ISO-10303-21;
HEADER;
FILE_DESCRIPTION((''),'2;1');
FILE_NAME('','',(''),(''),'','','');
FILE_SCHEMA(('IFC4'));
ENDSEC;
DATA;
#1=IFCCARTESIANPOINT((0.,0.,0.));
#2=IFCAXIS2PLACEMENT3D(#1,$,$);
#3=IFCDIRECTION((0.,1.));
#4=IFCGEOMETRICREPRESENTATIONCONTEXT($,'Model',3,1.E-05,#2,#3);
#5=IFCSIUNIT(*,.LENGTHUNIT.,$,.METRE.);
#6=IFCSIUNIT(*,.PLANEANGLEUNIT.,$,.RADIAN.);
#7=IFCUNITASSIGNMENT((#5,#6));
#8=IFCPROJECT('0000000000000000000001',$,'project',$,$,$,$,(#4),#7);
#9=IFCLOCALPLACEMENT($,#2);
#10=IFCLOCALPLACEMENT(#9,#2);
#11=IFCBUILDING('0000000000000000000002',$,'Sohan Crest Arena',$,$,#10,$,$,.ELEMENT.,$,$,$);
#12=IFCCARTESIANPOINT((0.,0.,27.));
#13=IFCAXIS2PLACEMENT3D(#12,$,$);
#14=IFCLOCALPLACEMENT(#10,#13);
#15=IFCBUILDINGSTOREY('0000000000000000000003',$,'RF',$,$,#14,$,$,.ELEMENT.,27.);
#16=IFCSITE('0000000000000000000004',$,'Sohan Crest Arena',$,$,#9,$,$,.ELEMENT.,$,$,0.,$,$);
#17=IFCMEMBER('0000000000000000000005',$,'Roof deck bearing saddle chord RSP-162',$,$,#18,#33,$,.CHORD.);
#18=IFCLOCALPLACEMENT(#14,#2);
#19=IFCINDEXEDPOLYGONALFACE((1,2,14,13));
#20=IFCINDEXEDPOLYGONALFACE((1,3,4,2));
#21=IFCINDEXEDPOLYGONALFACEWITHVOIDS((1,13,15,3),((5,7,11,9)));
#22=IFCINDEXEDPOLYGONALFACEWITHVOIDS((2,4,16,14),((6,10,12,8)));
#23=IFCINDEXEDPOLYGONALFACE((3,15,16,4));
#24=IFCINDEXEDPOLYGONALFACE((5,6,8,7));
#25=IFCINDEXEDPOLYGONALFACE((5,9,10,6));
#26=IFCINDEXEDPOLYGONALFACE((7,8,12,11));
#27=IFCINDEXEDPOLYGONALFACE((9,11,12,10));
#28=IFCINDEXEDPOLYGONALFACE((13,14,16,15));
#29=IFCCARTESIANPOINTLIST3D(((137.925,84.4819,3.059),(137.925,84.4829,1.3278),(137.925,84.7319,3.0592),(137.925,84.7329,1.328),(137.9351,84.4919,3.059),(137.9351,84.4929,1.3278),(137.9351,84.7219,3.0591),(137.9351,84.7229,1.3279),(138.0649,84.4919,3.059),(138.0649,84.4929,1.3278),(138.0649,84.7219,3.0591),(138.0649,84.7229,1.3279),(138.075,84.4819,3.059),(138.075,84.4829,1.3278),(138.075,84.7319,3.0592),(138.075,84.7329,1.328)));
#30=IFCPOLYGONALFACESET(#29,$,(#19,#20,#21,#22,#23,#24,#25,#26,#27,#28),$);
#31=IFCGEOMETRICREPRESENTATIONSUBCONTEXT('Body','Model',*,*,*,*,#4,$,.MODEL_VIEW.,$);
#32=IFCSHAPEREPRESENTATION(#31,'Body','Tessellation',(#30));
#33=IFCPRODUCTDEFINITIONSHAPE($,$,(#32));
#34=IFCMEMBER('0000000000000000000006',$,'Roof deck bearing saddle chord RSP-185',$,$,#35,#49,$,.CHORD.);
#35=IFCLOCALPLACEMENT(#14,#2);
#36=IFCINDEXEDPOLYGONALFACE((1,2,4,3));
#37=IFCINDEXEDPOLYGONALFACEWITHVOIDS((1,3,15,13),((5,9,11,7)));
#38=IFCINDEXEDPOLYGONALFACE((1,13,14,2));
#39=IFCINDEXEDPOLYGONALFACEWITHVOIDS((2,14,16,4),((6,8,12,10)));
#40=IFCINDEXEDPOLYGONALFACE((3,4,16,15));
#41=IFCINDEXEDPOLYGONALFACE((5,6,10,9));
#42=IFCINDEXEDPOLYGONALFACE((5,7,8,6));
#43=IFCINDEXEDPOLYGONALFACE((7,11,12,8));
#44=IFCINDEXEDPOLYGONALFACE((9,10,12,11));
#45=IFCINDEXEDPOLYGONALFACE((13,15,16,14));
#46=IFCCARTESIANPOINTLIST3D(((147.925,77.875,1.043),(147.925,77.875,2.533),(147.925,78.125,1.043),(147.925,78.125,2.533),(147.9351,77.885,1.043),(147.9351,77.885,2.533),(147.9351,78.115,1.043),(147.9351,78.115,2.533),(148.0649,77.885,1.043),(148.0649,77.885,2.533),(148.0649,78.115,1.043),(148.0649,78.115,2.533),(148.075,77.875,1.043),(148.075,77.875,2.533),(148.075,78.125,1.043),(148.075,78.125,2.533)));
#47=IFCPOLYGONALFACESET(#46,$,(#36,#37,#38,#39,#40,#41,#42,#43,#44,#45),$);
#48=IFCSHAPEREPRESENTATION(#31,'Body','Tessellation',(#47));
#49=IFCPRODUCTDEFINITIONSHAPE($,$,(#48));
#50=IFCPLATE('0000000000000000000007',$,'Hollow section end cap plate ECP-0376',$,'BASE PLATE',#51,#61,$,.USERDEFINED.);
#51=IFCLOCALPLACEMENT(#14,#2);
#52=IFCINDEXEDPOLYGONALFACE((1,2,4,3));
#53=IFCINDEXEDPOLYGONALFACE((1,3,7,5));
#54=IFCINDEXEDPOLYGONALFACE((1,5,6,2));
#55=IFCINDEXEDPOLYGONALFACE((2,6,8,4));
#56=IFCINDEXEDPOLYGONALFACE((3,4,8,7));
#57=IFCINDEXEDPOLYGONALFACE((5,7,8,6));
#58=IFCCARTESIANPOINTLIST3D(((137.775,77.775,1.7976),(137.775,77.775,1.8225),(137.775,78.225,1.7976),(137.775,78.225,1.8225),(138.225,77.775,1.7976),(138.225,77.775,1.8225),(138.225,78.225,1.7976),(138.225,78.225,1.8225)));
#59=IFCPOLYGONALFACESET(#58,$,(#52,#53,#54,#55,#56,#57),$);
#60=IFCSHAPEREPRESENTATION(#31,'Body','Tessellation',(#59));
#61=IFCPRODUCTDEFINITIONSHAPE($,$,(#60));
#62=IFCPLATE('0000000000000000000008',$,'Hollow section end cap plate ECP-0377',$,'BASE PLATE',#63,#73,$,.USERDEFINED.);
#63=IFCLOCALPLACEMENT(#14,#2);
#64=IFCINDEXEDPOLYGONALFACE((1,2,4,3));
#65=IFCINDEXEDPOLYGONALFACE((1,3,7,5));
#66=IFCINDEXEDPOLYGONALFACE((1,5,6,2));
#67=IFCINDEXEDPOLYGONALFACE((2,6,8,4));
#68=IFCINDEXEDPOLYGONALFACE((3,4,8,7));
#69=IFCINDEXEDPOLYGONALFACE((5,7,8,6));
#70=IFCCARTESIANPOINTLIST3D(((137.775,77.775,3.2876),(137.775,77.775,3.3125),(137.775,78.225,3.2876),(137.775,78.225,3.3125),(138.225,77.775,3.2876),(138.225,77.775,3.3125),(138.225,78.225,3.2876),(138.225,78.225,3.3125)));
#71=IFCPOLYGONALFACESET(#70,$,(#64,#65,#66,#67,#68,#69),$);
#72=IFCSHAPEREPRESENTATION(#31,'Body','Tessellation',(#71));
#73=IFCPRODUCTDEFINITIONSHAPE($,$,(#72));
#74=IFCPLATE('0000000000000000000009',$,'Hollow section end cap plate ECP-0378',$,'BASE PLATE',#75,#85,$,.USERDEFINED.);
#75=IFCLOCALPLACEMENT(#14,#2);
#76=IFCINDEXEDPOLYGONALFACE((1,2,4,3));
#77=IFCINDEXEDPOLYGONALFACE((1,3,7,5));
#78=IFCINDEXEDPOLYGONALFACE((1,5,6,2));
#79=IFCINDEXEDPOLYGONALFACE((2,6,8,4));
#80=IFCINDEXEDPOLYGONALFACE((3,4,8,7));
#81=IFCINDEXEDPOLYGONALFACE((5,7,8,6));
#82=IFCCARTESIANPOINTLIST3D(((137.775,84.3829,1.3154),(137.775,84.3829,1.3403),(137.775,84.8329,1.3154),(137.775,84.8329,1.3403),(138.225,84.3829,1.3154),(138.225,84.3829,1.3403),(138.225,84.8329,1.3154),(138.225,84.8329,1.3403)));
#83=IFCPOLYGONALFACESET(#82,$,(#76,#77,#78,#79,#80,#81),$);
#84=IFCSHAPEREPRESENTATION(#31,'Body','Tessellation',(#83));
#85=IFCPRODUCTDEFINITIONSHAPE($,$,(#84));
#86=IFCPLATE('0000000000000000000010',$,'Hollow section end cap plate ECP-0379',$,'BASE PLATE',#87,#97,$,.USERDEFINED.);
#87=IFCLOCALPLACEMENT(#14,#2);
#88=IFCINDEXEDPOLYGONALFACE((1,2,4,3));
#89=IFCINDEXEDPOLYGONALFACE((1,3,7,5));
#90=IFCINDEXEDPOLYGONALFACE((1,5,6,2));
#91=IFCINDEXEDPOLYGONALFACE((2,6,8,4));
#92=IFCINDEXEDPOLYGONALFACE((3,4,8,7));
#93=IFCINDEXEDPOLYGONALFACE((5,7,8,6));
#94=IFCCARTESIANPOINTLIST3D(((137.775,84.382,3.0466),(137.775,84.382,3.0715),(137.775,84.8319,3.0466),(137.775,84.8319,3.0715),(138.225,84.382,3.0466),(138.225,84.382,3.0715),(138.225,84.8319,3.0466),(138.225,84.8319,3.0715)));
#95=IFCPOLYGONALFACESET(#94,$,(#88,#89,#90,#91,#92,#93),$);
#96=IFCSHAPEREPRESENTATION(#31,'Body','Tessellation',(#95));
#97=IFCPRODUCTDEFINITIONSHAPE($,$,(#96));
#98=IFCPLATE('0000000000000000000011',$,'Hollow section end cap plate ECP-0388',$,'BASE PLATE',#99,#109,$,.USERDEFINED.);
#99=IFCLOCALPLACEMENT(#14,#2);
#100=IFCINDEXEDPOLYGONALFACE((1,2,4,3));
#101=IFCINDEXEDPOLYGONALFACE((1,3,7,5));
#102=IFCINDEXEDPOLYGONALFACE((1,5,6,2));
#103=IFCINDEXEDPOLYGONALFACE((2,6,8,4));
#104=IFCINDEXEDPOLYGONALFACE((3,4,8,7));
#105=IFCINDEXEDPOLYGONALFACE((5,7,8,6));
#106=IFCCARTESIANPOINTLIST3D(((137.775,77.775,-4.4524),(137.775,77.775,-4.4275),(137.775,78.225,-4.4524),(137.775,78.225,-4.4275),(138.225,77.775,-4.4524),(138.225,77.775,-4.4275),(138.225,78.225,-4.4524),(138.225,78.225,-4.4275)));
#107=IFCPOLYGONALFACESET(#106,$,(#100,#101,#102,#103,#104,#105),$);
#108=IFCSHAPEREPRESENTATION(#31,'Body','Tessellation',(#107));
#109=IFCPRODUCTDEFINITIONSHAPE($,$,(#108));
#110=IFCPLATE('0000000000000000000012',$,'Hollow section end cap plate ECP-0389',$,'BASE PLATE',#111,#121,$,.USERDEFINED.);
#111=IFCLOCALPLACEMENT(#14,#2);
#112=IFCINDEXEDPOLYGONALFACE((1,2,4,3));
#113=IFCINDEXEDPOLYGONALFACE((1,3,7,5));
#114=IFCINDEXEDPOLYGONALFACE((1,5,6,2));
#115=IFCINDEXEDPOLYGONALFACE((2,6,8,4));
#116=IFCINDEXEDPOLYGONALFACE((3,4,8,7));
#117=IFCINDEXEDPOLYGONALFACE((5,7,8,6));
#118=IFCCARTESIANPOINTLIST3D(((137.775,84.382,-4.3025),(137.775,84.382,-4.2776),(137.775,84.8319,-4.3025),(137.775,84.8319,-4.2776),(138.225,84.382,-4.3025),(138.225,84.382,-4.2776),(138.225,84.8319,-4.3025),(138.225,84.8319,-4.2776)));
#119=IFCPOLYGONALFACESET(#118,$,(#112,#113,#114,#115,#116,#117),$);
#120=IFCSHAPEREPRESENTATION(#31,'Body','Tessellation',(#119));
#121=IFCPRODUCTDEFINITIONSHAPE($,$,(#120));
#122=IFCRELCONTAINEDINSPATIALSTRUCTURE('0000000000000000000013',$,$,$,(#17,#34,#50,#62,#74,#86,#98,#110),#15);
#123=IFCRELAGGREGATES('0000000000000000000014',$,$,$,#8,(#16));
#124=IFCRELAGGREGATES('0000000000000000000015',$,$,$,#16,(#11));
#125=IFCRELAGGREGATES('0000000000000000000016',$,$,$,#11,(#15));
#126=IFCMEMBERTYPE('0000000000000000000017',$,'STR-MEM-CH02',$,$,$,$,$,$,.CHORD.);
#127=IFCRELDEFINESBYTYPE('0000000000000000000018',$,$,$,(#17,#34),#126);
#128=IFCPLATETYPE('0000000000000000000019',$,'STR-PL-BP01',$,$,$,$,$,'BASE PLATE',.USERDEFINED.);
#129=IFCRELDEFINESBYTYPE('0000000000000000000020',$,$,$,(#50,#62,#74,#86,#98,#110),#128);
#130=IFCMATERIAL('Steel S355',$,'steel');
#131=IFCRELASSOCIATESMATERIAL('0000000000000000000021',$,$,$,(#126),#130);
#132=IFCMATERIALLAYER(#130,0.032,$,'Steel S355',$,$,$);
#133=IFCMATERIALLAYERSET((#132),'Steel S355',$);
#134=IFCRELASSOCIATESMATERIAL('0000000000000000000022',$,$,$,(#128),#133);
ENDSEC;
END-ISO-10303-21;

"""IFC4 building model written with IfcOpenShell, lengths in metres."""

from ifc_helpers import new_model, si_unit, direction, frame, origin, origin_2d, place, context, subcontext, project, spatial, rectangle, hollow_rectangle, extrude, material, layer, layer_set, material_profile, profile_set, type_object, element, save


model = new_model("IFC4")

# Units and contexts
model_context = context("Model", 3, precision=1e-05, world=origin(), true_north=direction((0.0, 1.0)))
body_context = subcontext(model_context, "Body", "Model", "MODEL_VIEW")
ifc_project = project(units=[si_unit("LENGTHUNIT", "METRE"), si_unit("PLANEANGLEUNIT", "RADIAN")], contexts=[model_context])

# Site, building, storey
site_placement = place(None, origin())
site = spatial("IfcSite", under=ifc_project, at=site_placement, Name="Sohan Crest Arena", CompositionType="ELEMENT", RefElevation=0.0)
building_placement = place(site_placement, origin())
building = spatial("IfcBuilding", under=site, at=building_placement, Name="Sohan Crest Arena", CompositionType="ELEMENT")
storey_placement = place(building_placement, frame((0.0, 0.0, 27.0)))
storey = spatial("IfcBuildingStorey", under=building, at=storey_placement, Name="RF", CompositionType="ELEMENT", Elevation=27.0)

# Shared definitions
ifc_material_1 = material(Name="Steel S355", Category="steel")

# Members
ifc_material_profile_1 = material_profile(ifc_material_1, hollow_rectangle(XDim=0.1499, YDim=0.25, WallThickness=0.01, at=origin_2d()), Name="RHS 250x150x10")
ifc_profile_set_1 = profile_set([ifc_material_profile_1], Name="Steel S355")
member_type_1 = type_object("IfcMemberType", Name="STR-MEM-CH02", PredefinedType="CHORD", material=ifc_profile_set_1)
member_1_placement = place(storey_placement, frame((138.0, 84.6079, 1.3279), z_axis=(0.0, -0.000564, 1.0), x_axis=(1.0, 0.0, 0.0)))
element("IfcMember", 1, at=member_1_placement, inside=storey, type_object=member_type_1, Name="Roof deck bearing saddle chord RSP-162", PredefinedType="CHORD", context=body_context, shape_type="SweptSolid", body=[
    extrude(hollow_rectangle(XDim=0.1499, YDim=0.25, WallThickness=0.01, at=origin_2d()), origin(), (0.0, 0.0, 1.0), 1.7312),
])
member_2_placement = place(storey_placement, frame((148.0, 78.0, 1.043), z_axis=(0.0, 0.0, 1.0), x_axis=(1.0, 0.0, 0.0)))
element("IfcMember", 2, at=member_2_placement, inside=storey, type_object=member_type_1, Name="Roof deck bearing saddle chord RSP-185", PredefinedType="CHORD", context=body_context, shape_type="SweptSolid", body=[
    extrude(hollow_rectangle(XDim=0.1499, YDim=0.25, WallThickness=0.01, at=origin_2d()), origin(), (0.0, 0.0, 1.0), 1.49),
])

# Plates
ifc_layer = layer(ifc_material_1, 0.032, Name="Steel S355")
ifc_layer_set = layer_set([ifc_layer], Name="Steel S355")
plate_type = type_object("IfcPlateType", Name="STR-PL-BP01", ElementType="BASE PLATE", PredefinedType="USERDEFINED", material=ifc_layer_set)
for number, where, z_axis, x_axis, name in (
    (3, (138.0, 78.0, 1.7976), (0.0, 0.0, 1.0), (1.0, 0.0, 0.0), "Hollow section end cap plate ECP-0376"),
    (4, (138.0, 78.0, 3.2876), (0.0, 0.0, 1.0), (1.0, 0.0, 0.0), "Hollow section end cap plate ECP-0377"),
    (5, (138.0, 84.6079, 1.3154), (0.0, 0.0, 1.0), (1.0, 0.0, 0.0), "Hollow section end cap plate ECP-0378"),
    (6, (138.0, 84.6069, 3.0466), (0.0, 0.0, 1.0), (1.0, 0.0, 0.0), "Hollow section end cap plate ECP-0379"),
    (7, (138.0, 78.0, -4.4524), (0.0, 0.0, 1.0), (1.0, 0.0, 0.0), "Hollow section end cap plate ECP-0388"),
    (8, (138.0, 84.6069, -4.3025), (0.0, 0.0, 1.0), (1.0, 0.0, 0.0), "Hollow section end cap plate ECP-0389"),
):
    element("IfcPlate", number, at=place(storey_placement, frame(where, z_axis=z_axis, x_axis=x_axis)), inside=storey, type_object=plate_type, Name=name, ObjectType="BASE PLATE", PredefinedType="USERDEFINED", context=body_context, shape_type="SweptSolid", body=[
        extrude(rectangle(XDim=0.45, YDim=0.45, at=origin_2d()), origin(), (0.0, 0.0, 1.0), 0.0249),
    ])

save(model, "model.ifc")
